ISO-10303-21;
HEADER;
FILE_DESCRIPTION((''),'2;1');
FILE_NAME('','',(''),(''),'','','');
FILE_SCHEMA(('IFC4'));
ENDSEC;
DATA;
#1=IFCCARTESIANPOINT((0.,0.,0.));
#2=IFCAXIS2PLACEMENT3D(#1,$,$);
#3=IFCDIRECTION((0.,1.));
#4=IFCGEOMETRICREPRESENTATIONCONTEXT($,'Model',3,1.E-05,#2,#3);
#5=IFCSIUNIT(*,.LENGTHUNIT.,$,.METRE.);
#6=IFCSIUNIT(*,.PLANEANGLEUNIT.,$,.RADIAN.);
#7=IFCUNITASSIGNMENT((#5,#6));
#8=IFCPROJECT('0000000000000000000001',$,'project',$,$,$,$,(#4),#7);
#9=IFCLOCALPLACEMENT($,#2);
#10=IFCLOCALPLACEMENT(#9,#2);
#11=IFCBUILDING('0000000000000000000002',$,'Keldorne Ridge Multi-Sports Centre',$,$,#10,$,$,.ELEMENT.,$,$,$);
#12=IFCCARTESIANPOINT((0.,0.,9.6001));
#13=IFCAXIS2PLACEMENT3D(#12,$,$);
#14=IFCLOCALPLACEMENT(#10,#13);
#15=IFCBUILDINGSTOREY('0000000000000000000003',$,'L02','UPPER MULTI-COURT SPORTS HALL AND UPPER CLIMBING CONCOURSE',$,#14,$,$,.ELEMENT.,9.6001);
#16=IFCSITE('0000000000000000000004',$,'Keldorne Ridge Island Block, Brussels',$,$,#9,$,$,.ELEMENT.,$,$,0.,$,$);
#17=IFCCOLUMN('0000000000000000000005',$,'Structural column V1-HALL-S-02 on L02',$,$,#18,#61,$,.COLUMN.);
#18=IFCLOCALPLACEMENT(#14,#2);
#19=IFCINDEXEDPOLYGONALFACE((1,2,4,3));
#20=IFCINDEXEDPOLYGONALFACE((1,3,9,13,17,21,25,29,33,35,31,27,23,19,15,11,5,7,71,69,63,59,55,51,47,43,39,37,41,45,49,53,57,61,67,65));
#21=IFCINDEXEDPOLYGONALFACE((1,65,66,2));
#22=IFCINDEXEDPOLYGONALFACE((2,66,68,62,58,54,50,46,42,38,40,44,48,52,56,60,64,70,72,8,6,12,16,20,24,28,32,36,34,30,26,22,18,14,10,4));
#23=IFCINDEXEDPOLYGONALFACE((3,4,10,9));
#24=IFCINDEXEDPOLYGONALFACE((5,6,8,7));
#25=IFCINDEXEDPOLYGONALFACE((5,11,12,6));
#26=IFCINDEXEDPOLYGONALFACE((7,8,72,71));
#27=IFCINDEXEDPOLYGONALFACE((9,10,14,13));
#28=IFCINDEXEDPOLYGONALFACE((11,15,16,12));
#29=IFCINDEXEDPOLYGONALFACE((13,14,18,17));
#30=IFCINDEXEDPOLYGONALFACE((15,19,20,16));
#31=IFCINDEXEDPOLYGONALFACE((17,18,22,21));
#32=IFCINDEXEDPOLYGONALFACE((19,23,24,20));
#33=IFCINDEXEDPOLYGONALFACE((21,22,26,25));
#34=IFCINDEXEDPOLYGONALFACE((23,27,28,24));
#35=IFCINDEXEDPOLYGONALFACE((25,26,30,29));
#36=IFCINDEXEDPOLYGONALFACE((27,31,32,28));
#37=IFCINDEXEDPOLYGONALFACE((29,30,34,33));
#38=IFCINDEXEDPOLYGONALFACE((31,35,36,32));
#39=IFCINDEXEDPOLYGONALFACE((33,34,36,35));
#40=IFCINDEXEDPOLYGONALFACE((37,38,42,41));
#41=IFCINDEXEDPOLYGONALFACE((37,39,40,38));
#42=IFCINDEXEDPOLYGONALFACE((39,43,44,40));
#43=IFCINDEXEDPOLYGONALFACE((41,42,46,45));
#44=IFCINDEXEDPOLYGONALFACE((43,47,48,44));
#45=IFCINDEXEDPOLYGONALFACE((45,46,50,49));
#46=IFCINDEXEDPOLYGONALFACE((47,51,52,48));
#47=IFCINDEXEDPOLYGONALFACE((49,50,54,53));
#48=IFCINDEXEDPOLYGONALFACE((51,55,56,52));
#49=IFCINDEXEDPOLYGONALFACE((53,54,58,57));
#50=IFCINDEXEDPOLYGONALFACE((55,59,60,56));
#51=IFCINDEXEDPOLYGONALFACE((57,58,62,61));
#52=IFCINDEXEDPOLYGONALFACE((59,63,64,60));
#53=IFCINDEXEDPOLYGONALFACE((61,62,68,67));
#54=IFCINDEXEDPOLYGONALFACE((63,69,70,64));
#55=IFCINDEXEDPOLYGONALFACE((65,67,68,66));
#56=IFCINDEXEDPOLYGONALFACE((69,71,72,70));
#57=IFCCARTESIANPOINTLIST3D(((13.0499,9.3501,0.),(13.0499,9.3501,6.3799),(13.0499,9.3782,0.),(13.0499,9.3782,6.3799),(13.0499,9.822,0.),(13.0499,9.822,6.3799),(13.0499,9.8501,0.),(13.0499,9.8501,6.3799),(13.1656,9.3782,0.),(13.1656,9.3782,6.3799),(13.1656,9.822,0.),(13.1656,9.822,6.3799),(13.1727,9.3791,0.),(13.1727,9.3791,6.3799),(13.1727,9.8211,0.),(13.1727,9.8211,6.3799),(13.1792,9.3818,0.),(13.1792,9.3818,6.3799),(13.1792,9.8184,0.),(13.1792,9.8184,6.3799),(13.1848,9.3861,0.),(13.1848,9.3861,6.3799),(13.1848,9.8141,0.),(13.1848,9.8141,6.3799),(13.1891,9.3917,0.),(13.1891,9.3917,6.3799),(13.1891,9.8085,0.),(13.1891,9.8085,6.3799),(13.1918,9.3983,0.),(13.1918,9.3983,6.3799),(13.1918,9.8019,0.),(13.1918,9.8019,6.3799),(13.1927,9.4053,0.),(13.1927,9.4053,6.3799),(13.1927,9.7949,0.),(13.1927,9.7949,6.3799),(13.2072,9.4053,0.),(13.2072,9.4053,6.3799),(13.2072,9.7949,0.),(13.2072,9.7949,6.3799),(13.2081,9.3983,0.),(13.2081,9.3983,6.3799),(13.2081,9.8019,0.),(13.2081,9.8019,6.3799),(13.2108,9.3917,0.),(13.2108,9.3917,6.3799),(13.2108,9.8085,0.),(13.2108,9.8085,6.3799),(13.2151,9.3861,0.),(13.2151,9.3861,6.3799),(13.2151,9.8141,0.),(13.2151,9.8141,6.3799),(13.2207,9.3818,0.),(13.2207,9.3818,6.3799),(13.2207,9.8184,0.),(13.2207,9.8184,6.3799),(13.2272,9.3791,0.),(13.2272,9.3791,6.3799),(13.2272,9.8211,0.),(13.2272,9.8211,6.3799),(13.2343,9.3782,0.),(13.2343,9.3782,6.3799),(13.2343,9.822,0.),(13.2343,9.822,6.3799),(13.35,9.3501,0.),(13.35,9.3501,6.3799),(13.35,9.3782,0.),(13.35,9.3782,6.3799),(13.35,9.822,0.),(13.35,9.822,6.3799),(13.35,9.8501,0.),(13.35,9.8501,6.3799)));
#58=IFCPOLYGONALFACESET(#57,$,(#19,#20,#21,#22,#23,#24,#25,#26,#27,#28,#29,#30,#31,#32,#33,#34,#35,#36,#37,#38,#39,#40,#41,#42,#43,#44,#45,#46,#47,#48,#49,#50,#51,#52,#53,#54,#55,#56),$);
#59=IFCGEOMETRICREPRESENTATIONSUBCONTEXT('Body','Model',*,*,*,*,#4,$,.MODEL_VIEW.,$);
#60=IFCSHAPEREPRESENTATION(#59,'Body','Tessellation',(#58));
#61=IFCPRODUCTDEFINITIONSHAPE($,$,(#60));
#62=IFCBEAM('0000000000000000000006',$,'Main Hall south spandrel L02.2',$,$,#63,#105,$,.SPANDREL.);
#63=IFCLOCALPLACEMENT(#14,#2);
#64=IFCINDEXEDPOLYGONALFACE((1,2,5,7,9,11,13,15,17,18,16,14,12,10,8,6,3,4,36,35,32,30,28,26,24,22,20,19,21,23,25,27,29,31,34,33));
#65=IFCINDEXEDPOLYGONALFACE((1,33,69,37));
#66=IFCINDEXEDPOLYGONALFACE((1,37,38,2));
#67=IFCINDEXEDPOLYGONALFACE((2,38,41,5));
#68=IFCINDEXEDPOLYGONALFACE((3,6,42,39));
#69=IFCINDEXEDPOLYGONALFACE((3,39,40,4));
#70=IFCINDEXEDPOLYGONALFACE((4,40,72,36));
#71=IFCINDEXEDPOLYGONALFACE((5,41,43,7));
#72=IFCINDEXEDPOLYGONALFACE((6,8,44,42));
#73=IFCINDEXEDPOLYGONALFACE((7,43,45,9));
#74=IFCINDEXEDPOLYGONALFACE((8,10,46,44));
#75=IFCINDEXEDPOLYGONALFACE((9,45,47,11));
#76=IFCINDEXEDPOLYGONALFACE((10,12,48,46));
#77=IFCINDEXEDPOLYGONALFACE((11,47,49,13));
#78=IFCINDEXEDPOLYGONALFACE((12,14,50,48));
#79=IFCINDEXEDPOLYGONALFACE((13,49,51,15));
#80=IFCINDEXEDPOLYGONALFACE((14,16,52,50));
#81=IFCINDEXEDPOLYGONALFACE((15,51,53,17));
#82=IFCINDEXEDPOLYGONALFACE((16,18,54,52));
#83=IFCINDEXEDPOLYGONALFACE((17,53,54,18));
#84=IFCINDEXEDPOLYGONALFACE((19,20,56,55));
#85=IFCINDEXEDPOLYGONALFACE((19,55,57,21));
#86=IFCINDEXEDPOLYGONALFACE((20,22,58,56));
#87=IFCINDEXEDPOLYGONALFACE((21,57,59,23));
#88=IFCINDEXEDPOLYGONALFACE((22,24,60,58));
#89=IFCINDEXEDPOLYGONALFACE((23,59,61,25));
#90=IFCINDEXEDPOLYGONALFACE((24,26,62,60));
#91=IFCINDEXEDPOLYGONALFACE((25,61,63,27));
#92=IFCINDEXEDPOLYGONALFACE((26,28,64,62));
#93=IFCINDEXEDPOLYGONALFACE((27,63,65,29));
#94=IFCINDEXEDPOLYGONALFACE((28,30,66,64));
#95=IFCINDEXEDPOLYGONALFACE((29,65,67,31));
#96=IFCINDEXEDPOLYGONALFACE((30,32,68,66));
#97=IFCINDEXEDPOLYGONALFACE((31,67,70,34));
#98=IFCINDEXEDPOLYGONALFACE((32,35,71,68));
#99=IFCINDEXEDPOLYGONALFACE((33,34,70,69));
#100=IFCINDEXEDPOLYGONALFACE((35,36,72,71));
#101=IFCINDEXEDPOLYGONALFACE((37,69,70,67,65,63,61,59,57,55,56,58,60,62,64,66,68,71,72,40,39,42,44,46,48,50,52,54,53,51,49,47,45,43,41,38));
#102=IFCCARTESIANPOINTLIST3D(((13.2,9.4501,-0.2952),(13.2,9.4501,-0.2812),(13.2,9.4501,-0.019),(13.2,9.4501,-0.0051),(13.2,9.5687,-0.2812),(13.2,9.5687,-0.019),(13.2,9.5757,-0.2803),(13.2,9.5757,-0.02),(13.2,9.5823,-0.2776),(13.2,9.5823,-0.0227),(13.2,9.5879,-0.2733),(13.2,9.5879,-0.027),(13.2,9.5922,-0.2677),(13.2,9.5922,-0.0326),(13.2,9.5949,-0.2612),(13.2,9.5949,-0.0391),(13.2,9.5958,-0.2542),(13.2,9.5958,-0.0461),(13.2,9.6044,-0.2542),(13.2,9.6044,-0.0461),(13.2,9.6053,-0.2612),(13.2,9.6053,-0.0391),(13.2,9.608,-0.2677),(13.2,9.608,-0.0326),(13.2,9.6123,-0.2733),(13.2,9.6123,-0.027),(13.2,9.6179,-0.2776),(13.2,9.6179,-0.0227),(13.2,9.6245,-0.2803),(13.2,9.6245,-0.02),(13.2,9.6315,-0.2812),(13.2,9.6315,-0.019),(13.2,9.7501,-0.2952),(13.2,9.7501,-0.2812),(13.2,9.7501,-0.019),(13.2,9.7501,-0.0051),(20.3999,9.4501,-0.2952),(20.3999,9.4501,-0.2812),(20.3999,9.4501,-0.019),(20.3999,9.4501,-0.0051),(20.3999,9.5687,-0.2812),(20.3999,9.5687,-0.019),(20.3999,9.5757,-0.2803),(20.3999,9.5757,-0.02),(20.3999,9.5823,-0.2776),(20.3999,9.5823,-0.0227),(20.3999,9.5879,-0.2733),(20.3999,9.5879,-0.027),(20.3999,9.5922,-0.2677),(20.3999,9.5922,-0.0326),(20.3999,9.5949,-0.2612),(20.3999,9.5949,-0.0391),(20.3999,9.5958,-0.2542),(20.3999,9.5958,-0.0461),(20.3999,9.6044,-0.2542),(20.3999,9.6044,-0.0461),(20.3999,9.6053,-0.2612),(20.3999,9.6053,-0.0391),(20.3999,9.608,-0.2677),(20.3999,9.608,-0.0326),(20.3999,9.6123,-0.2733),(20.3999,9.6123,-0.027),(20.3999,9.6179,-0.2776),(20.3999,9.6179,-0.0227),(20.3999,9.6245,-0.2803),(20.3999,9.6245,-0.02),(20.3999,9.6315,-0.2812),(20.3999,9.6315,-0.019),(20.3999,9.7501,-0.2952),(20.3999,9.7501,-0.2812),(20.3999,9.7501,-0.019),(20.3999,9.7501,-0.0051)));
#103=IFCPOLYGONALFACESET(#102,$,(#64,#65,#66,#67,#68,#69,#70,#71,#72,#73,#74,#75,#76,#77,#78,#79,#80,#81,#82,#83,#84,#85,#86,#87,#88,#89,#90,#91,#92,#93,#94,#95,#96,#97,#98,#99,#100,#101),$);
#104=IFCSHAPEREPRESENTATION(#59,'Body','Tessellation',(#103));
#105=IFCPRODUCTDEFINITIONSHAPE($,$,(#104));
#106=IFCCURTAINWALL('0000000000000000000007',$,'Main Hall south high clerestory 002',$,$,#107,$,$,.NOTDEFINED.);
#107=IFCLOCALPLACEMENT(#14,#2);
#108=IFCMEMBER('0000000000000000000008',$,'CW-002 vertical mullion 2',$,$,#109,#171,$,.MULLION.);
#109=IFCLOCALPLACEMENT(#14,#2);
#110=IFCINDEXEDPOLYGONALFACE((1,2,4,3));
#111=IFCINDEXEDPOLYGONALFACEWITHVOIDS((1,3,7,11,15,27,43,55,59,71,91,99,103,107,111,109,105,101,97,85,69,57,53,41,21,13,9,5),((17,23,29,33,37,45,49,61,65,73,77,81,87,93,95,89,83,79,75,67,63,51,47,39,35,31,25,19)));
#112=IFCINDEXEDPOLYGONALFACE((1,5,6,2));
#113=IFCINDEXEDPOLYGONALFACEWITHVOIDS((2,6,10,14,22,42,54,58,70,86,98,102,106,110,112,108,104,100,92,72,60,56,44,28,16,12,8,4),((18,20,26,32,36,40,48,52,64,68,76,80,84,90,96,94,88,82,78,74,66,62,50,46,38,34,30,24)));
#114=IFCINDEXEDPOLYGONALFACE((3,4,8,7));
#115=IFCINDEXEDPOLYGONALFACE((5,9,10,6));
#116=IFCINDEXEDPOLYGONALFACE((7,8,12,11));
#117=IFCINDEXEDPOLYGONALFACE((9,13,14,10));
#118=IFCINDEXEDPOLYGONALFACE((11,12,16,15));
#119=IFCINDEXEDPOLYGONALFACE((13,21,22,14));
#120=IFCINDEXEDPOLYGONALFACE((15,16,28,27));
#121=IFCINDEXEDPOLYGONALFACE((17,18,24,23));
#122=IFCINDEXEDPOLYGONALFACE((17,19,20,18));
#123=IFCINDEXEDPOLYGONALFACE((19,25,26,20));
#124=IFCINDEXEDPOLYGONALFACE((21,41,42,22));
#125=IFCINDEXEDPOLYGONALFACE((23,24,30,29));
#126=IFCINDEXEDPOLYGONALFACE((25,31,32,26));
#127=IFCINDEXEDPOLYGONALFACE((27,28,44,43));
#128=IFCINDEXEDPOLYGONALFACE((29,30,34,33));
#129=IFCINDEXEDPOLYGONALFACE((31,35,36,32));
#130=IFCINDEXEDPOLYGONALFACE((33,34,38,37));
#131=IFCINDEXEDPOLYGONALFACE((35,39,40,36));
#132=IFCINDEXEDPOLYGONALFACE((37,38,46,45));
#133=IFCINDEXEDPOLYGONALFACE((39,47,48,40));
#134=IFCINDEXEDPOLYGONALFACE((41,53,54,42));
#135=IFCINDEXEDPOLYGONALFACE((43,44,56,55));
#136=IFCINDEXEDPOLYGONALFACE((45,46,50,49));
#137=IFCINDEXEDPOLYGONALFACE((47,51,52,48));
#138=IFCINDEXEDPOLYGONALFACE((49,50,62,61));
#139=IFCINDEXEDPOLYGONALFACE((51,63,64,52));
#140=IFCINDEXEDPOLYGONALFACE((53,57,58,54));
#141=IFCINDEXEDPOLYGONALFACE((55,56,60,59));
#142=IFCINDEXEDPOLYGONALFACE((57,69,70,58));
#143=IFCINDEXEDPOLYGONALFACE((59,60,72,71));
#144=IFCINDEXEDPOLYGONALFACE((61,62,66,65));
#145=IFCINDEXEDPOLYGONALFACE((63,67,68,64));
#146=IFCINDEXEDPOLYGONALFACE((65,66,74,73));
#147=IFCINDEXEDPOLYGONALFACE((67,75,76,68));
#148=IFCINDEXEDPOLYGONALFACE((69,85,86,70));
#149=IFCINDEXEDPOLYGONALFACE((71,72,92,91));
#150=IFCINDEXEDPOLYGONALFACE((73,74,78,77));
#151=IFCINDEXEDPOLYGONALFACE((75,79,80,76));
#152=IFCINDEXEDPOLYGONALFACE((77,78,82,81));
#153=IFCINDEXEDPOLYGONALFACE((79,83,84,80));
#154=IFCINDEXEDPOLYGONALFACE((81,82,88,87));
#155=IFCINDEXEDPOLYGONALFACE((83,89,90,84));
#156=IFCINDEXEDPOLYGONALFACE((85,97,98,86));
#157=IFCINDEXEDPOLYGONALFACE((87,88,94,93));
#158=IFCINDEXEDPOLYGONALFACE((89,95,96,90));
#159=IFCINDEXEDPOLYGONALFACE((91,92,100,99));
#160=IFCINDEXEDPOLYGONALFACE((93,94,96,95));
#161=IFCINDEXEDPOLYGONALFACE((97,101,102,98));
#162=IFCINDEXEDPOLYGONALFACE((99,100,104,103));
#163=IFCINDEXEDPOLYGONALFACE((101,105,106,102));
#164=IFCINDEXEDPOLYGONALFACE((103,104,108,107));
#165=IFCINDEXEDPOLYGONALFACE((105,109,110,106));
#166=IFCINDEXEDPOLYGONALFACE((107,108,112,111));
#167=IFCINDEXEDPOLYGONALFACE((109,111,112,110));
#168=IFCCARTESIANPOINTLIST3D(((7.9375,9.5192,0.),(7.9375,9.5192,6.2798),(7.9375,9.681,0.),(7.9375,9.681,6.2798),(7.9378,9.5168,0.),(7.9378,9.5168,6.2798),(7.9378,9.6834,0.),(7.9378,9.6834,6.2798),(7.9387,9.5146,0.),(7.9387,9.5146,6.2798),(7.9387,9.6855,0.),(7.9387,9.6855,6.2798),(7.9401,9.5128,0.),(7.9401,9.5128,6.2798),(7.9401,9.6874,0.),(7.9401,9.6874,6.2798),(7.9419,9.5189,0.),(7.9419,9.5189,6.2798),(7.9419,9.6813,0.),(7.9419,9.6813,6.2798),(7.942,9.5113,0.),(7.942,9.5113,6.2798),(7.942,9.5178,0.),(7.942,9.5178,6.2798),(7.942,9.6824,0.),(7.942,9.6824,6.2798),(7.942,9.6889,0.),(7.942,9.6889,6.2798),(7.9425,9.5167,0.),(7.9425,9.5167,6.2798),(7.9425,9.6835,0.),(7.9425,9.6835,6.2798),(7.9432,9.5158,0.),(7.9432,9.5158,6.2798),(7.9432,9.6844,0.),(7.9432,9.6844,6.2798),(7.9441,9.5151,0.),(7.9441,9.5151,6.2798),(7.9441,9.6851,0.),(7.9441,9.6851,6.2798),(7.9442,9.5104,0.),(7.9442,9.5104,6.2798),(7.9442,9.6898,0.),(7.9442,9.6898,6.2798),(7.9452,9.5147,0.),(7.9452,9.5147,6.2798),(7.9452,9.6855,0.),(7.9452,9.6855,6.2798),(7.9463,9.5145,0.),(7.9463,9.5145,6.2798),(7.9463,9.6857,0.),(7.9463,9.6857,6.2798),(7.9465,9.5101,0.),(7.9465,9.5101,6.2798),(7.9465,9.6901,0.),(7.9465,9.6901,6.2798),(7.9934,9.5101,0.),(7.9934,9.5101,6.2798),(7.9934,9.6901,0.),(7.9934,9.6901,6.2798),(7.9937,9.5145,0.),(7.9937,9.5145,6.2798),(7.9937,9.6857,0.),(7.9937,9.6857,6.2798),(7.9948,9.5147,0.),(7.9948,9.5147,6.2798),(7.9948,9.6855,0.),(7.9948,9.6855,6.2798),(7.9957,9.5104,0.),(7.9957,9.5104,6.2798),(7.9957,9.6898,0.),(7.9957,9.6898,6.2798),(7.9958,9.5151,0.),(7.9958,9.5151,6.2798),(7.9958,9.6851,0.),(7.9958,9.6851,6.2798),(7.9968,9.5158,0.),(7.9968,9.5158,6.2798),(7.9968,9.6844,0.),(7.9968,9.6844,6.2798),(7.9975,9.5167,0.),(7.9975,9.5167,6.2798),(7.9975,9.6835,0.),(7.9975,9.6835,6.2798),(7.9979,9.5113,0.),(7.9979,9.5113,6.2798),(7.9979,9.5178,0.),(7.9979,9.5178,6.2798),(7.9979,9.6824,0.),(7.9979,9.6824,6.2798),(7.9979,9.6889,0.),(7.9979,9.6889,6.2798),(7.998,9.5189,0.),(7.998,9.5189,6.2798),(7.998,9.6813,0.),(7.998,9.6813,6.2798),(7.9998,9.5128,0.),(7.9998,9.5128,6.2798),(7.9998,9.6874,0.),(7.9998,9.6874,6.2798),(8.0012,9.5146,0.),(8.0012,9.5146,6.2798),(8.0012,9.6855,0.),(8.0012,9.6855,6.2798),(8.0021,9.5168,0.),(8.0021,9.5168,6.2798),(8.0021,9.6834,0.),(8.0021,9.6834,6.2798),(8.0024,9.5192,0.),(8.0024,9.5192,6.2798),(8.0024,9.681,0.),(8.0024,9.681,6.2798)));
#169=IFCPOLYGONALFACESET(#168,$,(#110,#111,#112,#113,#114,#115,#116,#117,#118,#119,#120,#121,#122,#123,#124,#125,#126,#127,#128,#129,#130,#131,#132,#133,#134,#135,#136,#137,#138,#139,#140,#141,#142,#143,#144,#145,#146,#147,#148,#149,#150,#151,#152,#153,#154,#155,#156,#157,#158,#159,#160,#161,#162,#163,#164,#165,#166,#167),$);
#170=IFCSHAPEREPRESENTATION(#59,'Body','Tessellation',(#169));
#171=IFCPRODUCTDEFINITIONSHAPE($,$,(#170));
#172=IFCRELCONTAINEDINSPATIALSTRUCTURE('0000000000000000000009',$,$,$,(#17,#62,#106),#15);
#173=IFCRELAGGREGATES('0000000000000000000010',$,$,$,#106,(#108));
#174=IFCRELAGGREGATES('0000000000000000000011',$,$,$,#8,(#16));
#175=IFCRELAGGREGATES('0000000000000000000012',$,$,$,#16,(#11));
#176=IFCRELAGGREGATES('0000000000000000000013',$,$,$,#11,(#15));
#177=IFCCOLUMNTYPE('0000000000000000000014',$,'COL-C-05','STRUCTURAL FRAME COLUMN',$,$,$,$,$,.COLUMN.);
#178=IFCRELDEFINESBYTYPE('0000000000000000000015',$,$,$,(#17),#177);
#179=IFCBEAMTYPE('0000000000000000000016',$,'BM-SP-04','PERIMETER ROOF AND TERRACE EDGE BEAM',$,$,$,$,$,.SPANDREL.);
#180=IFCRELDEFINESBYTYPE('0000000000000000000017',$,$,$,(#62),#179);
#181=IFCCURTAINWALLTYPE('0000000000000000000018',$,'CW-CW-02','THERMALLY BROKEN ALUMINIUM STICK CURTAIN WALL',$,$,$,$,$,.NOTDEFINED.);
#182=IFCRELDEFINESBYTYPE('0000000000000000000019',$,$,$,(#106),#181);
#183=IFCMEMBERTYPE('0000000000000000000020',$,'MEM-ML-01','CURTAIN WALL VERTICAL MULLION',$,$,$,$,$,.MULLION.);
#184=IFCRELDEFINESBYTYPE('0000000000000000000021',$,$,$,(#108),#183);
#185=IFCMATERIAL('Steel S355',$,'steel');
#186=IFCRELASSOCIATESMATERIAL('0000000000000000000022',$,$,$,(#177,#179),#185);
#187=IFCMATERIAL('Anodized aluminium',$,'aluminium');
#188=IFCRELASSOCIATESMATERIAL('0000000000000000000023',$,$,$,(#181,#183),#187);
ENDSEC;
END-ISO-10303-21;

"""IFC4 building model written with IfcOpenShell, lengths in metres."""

from ifc_helpers import new_model, si_unit, direction, frame, origin, origin_2d, place, context, subcontext, project, spatial, hollow_rectangle, i_section, extrude, material, material_profile, profile_set, type_object, element, aggregate, save


model = new_model("IFC4")

# Units and contexts
model_context = context("Model", 3, precision=1e-05, world=origin(), true_north=direction((0.0, 1.0)))
body_context = subcontext(model_context, "Body", "Model", "MODEL_VIEW")
ifc_project = project(units=[si_unit("LENGTHUNIT", "METRE"), si_unit("PLANEANGLEUNIT", "RADIAN")], contexts=[model_context])

# Site, building, storey
site_placement = place(None, origin())
site = spatial("IfcSite", under=ifc_project, at=site_placement, Name="Keldorne Ridge Island Block, Brussels", CompositionType="ELEMENT", RefElevation=0.0)
building_placement = place(site_placement, origin())
building = spatial("IfcBuilding", under=site, at=building_placement, Name="Keldorne Ridge Multi-Sports Centre", CompositionType="ELEMENT")
storey_placement = place(building_placement, frame((0.0, 0.0, 9.6001)))
storey = spatial("IfcBuildingStorey", under=building, at=storey_placement, Name="L02", Description="UPPER MULTI-COURT SPORTS HALL AND UPPER CLIMBING CONCOURSE", CompositionType="ELEMENT", Elevation=9.6001)

# Column
ifc_material_1 = material(Name="Steel S355", Category="steel")
ifc_material_profile_1 = material_profile(ifc_material_1, i_section(OverallWidth=0.3, OverallDepth=0.5, WebThickness=0.0144, FlangeThickness=0.0281, FilletRadius=0.0271, at=origin_2d()), Name="HEB 500")
ifc_profile_set_1 = profile_set([ifc_material_profile_1], Name="Steel S355")
column_type = type_object("IfcColumnType", Name="COL-C-05", Description="STRUCTURAL FRAME COLUMN", PredefinedType="COLUMN", material=ifc_profile_set_1)
column_placement = place(storey_placement, frame((13.2, 9.6001, 0.0), z_axis=(0.0, 0.0, 1.0), x_axis=(1.0, 0.0, 0.0)))
element("IfcColumn", 1, at=column_placement, inside=storey, type_object=column_type, Name="Structural column V1-HALL-S-02 on L02", PredefinedType="COLUMN", context=body_context, shape_type="SweptSolid", body=[
    extrude(i_section(OverallWidth=0.3, OverallDepth=0.5, WebThickness=0.0144, FlangeThickness=0.0281, FilletRadius=0.0271, at=origin_2d()), origin(), (0.0, 0.0, 1.0), 6.3799),
])

# Beam
ifc_material_profile_2 = material_profile(ifc_material_1, i_section(OverallWidth=0.3, OverallDepth=0.29, WebThickness=0.0085, FlangeThickness=0.0139, FilletRadius=0.0271, at=origin_2d()), Name="HEA 300")
ifc_profile_set_2 = profile_set([ifc_material_profile_2], Name="Steel S355")
beam_type = type_object("IfcBeamType", Name="BM-SP-04", Description="PERIMETER ROOF AND TERRACE EDGE BEAM", PredefinedType="SPANDREL", material=ifc_profile_set_2)
beam_placement = place(storey_placement, frame((13.2, 9.6001, -0.1501), z_axis=(1.0, 0.0, 0.0), x_axis=(0.0, 1.0, 0.0)))
element("IfcBeam", 2, at=beam_placement, inside=storey, type_object=beam_type, Name="Main Hall south spandrel L02.2", PredefinedType="SPANDREL", context=body_context, shape_type="SweptSolid", body=[
    extrude(i_section(OverallWidth=0.3, OverallDepth=0.29, WebThickness=0.0085, FlangeThickness=0.0139, FilletRadius=0.0271, at=origin_2d()), origin(), (0.0, 0.0, 1.0), 7.2),
])

# Curtain wall, member
ifc_material_2 = material(Name="Anodized aluminium", Category="aluminium")
curtain_wall_type_1 = type_object("IfcCurtainWallType", Name="CW-CW-02", Description="THERMALLY BROKEN ALUMINIUM STICK CURTAIN WALL", PredefinedType="NOTDEFINED", material=ifc_material_2)
curtain_wall_1_placement = place(storey_placement, origin())
curtain_wall_1 = element("IfcCurtainWall", 3, at=curtain_wall_1_placement, inside=storey, type_object=curtain_wall_type_1, Name="Main Hall south high clerestory 002", PredefinedType="NOTDEFINED")
ifc_material_profile_3 = material_profile(ifc_material_2, hollow_rectangle(XDim=0.0649, YDim=0.1799, WallThickness=0.0044, InnerFilletRadius=0.0044, OuterFilletRadius=0.009, at=origin_2d()), Name="ALU MULLION 180x65x4.5")
ifc_profile_set_3 = profile_set([ifc_material_profile_3], Name="Anodized aluminium")
member_type_1 = type_object("IfcMemberType", Name="MEM-ML-01", Description="CURTAIN WALL VERTICAL MULLION", PredefinedType="MULLION", material=ifc_profile_set_3)
member_1_placement = place(storey_placement, frame((7.97, 9.6001, 0.0), z_axis=(0.0, 0.0, 1.0), x_axis=(1.0, 0.0, 0.0)))
member_1 = element("IfcMember", 4, at=member_1_placement, type_object=member_type_1, Name="CW-002 vertical mullion 2", PredefinedType="MULLION", context=body_context, shape_type="SweptSolid", body=[
    extrude(hollow_rectangle(XDim=0.0649, YDim=0.1799, WallThickness=0.0044, InnerFilletRadius=0.0044, OuterFilletRadius=0.009, at=origin_2d()), origin(), (0.0, 0.0, 1.0), 6.2798),
])

aggregate(curtain_wall_1, [member_1])

save(model, "model.ifc")
